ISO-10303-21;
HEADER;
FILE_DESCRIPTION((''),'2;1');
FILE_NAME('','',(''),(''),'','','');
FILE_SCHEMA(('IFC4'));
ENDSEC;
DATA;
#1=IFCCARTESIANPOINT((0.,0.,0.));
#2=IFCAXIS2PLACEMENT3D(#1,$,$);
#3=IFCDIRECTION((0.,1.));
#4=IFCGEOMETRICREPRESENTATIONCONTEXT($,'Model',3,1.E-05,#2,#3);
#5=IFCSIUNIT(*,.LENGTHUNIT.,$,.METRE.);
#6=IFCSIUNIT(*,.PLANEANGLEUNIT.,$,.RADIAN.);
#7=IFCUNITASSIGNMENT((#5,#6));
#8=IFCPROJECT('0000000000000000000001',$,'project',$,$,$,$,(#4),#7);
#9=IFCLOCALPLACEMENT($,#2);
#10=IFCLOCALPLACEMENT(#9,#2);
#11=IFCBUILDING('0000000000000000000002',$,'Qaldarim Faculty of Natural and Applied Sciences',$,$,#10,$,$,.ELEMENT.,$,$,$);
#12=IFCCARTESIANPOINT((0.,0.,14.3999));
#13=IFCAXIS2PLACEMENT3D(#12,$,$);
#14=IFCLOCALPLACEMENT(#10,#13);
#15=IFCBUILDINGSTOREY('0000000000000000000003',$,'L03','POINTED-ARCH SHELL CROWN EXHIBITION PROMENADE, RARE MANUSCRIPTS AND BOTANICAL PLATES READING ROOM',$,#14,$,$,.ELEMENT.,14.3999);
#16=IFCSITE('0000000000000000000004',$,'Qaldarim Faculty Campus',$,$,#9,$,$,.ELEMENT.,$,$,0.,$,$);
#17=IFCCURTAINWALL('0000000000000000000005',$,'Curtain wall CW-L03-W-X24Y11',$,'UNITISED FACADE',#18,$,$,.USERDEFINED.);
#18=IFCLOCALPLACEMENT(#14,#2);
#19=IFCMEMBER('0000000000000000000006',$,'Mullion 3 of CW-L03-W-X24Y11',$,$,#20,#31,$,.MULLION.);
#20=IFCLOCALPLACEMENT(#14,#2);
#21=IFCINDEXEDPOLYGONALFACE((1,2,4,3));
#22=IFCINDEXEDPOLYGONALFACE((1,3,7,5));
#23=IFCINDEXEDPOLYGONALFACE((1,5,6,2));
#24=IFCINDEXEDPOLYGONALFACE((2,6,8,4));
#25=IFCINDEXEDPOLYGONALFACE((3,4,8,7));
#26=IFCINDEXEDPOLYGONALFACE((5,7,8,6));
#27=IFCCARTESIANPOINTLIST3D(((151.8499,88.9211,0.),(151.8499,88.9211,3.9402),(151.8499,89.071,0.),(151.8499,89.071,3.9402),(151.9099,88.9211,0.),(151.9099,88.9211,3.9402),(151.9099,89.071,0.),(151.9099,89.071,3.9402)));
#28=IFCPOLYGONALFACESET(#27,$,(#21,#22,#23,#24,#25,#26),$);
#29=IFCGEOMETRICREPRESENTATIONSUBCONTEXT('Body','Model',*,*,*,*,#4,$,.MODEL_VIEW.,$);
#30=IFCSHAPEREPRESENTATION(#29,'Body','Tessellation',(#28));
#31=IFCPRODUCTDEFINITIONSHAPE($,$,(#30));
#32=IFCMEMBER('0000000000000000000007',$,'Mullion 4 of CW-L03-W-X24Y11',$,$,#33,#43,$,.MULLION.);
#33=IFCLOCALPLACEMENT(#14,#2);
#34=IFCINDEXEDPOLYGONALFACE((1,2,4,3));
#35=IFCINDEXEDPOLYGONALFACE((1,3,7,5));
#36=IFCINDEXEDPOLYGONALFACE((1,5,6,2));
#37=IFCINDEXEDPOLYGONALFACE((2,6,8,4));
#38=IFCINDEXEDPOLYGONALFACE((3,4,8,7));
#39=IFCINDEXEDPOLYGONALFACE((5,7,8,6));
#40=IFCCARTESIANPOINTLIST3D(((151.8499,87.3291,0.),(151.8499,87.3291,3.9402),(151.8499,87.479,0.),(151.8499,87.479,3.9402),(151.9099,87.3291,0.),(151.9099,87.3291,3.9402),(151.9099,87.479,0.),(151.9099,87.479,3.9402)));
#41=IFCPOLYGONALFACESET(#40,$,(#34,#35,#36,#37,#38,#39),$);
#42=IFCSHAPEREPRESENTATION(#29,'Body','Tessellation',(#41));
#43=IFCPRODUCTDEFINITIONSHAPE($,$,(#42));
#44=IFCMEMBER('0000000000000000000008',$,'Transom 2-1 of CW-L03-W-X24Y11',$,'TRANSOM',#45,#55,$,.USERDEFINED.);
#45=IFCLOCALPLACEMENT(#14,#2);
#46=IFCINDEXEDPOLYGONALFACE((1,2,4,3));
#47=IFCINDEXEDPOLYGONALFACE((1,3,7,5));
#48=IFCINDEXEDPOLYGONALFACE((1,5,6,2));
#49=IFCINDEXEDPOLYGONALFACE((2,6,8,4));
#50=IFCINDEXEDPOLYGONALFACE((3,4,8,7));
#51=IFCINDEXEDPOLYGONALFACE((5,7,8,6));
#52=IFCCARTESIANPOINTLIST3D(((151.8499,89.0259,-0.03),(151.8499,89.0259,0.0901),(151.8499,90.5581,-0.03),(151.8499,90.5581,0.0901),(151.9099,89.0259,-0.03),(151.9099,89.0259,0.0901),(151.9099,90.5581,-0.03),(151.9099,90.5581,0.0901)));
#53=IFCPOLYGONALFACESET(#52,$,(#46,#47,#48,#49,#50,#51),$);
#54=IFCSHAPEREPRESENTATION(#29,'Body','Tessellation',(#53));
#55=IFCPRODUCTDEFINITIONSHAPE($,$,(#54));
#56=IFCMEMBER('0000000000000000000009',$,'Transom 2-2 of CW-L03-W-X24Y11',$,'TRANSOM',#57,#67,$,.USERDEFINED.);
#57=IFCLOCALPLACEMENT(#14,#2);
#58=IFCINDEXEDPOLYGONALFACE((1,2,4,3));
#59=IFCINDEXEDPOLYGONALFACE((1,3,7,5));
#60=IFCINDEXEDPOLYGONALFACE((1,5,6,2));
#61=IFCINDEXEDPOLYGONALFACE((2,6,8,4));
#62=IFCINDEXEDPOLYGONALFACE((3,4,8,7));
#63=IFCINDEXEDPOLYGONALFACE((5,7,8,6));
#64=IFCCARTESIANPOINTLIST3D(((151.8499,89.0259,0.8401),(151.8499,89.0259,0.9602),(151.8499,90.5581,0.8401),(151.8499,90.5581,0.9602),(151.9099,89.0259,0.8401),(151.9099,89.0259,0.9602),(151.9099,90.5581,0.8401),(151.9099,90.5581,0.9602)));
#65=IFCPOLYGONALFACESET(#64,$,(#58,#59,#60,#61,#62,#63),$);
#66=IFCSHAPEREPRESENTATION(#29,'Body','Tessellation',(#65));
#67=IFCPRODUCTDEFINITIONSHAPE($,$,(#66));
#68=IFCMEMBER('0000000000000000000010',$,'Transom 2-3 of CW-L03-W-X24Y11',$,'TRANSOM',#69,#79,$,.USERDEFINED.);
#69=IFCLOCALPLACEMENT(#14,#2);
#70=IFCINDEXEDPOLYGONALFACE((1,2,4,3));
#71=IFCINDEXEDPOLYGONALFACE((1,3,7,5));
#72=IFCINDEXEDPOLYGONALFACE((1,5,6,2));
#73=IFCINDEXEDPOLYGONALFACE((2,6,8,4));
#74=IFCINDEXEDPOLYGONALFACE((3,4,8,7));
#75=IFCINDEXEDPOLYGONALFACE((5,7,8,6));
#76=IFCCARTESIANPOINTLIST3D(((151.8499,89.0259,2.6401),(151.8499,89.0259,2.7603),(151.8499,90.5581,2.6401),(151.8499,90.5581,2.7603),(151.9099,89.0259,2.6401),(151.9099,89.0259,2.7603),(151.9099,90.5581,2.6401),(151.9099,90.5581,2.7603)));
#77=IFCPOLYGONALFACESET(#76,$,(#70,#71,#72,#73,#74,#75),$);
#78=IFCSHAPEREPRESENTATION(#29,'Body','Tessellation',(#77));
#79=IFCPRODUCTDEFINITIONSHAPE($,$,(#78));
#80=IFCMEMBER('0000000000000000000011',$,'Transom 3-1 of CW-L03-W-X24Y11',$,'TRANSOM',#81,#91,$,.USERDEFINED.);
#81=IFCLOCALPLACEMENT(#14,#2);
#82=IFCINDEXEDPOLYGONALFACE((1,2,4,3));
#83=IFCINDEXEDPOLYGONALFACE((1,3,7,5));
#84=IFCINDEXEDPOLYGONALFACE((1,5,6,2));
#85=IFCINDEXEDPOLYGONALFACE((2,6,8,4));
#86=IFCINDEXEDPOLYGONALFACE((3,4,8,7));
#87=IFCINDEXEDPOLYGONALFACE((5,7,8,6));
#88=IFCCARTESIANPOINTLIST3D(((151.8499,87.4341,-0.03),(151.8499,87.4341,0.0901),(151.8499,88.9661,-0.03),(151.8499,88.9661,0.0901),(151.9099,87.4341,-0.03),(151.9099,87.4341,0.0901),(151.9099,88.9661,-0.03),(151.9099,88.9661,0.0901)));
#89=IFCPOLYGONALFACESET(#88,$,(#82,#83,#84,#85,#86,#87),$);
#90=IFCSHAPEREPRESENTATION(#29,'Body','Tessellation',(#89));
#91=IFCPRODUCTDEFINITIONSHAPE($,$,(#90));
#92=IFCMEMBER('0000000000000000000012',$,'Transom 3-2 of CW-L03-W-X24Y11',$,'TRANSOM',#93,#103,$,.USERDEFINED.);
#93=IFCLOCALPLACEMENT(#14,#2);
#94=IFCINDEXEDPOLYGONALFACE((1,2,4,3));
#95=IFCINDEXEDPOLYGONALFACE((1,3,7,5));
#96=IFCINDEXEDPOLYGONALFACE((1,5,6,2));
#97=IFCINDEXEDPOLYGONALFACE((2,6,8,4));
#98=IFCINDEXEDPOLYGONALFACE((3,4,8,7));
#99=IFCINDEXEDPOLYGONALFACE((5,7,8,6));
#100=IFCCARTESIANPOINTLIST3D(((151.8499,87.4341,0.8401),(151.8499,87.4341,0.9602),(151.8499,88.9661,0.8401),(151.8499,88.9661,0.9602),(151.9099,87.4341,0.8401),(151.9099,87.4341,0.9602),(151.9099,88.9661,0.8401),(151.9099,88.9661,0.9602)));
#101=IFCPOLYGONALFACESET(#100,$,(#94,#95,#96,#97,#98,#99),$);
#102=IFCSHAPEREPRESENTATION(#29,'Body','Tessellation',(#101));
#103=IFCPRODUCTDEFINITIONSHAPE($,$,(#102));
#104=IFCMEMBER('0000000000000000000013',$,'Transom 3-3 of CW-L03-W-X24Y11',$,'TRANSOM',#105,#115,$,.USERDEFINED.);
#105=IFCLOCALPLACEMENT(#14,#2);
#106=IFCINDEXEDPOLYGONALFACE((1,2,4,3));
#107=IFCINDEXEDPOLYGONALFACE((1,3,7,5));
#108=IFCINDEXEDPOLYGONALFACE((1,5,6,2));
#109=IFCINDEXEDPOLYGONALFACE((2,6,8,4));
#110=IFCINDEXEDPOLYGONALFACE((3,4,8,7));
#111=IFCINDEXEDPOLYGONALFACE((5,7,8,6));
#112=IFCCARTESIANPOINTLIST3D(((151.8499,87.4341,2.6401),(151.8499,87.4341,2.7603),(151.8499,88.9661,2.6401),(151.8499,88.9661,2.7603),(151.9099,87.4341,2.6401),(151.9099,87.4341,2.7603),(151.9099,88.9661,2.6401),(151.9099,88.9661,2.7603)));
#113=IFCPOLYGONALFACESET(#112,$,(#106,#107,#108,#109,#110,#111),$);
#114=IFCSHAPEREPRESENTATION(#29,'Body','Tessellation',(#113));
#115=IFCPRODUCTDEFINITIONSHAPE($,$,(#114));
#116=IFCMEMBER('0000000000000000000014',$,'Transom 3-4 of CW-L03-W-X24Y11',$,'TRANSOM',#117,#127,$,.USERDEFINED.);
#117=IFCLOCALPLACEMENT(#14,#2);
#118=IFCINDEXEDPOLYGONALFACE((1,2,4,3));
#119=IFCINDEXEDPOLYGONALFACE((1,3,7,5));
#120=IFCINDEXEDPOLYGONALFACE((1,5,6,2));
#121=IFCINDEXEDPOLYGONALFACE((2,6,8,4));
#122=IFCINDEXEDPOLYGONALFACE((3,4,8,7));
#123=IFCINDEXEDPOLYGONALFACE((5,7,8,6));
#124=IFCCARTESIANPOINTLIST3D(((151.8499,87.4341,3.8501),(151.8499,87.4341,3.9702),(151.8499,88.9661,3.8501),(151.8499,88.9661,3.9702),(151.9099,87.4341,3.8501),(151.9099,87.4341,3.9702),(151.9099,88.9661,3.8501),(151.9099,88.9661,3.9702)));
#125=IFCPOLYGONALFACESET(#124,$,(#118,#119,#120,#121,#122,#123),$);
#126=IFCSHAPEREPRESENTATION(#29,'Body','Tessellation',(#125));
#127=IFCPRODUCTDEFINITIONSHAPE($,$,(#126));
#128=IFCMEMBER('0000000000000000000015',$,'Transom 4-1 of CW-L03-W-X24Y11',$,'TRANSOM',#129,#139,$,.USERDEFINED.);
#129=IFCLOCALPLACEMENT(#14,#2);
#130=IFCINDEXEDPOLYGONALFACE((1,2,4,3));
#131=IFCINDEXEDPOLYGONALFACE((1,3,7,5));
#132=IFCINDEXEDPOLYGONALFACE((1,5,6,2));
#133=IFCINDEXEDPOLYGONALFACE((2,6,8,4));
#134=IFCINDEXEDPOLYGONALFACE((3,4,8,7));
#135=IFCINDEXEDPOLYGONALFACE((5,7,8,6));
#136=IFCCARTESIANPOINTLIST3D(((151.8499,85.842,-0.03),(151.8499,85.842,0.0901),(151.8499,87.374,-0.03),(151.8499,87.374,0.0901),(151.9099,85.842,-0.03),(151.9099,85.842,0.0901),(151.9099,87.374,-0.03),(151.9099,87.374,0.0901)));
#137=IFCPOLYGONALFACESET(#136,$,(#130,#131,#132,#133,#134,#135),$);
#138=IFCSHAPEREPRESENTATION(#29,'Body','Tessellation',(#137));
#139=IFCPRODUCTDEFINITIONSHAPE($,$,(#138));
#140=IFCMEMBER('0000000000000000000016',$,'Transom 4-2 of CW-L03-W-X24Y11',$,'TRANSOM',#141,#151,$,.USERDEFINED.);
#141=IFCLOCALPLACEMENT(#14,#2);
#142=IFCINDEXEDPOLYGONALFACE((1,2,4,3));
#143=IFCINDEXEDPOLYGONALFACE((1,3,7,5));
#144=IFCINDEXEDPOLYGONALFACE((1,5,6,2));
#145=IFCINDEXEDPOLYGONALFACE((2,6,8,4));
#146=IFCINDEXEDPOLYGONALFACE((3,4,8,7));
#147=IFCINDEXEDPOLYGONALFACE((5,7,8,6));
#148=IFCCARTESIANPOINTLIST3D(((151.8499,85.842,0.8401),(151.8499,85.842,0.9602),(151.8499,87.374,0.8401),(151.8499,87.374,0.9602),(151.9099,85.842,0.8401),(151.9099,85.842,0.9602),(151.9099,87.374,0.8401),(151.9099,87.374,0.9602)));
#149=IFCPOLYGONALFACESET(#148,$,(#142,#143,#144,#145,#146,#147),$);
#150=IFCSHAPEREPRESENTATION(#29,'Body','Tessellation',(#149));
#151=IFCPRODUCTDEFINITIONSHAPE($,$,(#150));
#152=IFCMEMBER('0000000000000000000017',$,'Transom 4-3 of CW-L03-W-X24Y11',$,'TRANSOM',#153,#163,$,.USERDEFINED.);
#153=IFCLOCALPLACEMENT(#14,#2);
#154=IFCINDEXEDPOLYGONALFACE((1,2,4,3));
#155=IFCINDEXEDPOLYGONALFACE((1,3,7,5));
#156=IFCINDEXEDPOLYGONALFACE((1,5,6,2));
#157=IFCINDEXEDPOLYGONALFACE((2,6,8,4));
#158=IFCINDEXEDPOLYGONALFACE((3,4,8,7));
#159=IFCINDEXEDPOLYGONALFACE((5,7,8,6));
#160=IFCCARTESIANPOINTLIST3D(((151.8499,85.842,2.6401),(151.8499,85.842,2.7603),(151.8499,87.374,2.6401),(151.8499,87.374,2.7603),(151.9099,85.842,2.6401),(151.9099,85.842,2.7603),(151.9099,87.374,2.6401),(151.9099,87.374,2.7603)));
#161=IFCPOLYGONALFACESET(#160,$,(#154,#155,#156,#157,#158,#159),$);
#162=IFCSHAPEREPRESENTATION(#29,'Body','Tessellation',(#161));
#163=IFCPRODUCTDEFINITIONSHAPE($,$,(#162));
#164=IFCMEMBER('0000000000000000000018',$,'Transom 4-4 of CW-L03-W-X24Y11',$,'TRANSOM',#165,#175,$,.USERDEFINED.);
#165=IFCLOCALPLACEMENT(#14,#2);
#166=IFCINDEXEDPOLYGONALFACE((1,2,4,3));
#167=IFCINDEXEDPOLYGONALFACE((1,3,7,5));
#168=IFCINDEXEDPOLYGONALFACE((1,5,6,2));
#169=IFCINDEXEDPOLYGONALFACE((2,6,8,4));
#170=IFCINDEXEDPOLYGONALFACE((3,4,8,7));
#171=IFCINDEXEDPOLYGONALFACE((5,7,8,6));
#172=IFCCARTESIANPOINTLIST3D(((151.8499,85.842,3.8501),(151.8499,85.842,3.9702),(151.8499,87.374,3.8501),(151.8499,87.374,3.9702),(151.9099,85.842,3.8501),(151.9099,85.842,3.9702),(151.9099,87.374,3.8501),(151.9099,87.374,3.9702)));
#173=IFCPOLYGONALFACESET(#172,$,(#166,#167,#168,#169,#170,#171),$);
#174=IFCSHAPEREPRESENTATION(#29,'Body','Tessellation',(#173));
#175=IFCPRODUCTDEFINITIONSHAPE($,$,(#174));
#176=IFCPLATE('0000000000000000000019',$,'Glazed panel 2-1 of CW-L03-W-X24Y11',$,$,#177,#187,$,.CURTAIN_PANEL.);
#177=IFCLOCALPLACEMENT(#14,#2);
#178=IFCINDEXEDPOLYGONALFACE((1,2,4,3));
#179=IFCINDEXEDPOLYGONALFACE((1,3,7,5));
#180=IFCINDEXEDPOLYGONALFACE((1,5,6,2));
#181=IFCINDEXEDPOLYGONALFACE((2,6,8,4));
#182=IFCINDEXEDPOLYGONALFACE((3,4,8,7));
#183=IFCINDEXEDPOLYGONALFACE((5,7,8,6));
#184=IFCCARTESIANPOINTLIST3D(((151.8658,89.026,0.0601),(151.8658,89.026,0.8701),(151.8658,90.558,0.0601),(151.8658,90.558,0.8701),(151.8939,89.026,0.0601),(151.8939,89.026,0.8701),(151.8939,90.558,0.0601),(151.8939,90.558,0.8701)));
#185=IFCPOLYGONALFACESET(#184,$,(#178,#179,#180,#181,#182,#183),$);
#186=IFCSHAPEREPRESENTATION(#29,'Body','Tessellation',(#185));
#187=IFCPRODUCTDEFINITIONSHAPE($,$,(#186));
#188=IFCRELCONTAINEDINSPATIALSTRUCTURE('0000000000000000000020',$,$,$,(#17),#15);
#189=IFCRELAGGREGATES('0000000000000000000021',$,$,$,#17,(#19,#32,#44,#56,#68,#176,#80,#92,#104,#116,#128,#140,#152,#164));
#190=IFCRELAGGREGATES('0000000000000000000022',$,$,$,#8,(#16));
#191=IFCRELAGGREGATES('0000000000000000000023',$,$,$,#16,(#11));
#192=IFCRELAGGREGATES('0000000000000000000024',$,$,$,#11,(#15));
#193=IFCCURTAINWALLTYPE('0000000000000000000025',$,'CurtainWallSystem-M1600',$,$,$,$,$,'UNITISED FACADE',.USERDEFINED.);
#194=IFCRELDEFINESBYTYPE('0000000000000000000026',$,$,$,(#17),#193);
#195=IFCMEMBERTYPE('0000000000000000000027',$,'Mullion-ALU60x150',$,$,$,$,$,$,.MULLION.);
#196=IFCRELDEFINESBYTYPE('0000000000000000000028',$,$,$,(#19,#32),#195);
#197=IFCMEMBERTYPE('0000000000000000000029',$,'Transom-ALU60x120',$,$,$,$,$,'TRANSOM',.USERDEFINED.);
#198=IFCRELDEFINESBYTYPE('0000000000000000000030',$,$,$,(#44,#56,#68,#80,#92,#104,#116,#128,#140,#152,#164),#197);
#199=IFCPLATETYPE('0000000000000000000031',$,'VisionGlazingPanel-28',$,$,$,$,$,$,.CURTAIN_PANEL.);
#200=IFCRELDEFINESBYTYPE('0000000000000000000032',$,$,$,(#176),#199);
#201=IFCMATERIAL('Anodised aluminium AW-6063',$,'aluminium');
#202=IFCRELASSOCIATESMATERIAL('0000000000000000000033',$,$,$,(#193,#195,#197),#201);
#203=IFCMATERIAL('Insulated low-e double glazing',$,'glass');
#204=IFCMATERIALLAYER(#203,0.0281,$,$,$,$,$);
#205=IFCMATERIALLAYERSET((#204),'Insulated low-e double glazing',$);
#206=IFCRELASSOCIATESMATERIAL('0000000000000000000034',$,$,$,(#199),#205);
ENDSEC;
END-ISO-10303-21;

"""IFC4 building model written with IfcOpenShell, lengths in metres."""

from ifc_helpers import new_model, si_unit, direction, frame, origin, origin_2d, place, context, subcontext, project, spatial, rectangle, extrude, material, layer, layer_set, material_profile, profile_set, type_object, element, aggregate, save


model = new_model("IFC4")

# Units and contexts
model_context = context("Model", 3, precision=1e-05, world=origin(), true_north=direction((0.0, 1.0)))
body_context = subcontext(model_context, "Body", "Model", "MODEL_VIEW")
ifc_project = project(units=[si_unit("LENGTHUNIT", "METRE"), si_unit("PLANEANGLEUNIT", "RADIAN")], contexts=[model_context])

# Site, building, storey
site_placement = place(None, origin())
site = spatial("IfcSite", under=ifc_project, at=site_placement, Name="Qaldarim Faculty Campus", CompositionType="ELEMENT", RefElevation=0.0)
building_placement = place(site_placement, origin())
building = spatial("IfcBuilding", under=site, at=building_placement, Name="Qaldarim Faculty of Natural and Applied Sciences", CompositionType="ELEMENT")
storey_placement = place(building_placement, frame((0.0, 0.0, 14.3999)))
storey = spatial("IfcBuildingStorey", under=building, at=storey_placement, Name="L03", Description="POINTED-ARCH SHELL CROWN EXHIBITION PROMENADE, RARE MANUSCRIPTS AND BOTANICAL PLATES READING ROOM", CompositionType="ELEMENT", Elevation=14.3999)

# Curtain wall, members, plate
ifc_material_1 = material(Name="Anodised aluminium AW-6063", Category="aluminium")
curtain_wall_type = type_object("IfcCurtainWallType", Name="CurtainWallSystem-M1600", ElementType="UNITISED FACADE", PredefinedType="USERDEFINED", material=ifc_material_1)
curtain_wall_placement = place(storey_placement, origin())
curtain_wall = element("IfcCurtainWall", 1, at=curtain_wall_placement, inside=storey, type_object=curtain_wall_type, Name="Curtain wall CW-L03-W-X24Y11", ObjectType="UNITISED FACADE", PredefinedType="USERDEFINED")
ifc_material_profile_1 = material_profile(ifc_material_1, rectangle(XDim=0.0601, YDim=0.1499, at=origin_2d()), Name="ALU-M60x150")
ifc_profile_set_1 = profile_set([ifc_material_profile_1], Name="Anodised aluminium AW-6063")
member_type_1 = type_object("IfcMemberType", Name="Mullion-ALU60x150", PredefinedType="MULLION", material=ifc_profile_set_1)
member_1_placement = place(storey_placement, frame((151.8799, 88.9961, 0.0), z_axis=(0.0, 0.0, 1.0), x_axis=(1.0, 0.0, 0.0)))
member_1 = element("IfcMember", 2, at=member_1_placement, type_object=member_type_1, Name="Mullion 3 of CW-L03-W-X24Y11", PredefinedType="MULLION", context=body_context, shape_type="SweptSolid", body=[
    extrude(rectangle(XDim=0.0601, YDim=0.1499, at=origin_2d()), origin(), (0.0, 0.0, 1.0), 3.9402),
])
member_2_placement = place(storey_placement, frame((151.8799, 87.4041, 0.0), z_axis=(0.0, 0.0, 1.0), x_axis=(1.0, 0.0, 0.0)))
member_2 = element("IfcMember", 3, at=member_2_placement, type_object=member_type_1, Name="Mullion 4 of CW-L03-W-X24Y11", PredefinedType="MULLION", context=body_context, shape_type="SweptSolid", body=[
    extrude(rectangle(XDim=0.0601, YDim=0.1499, at=origin_2d()), origin(), (0.0, 0.0, 1.0), 3.9402),
])
ifc_material_profile_2 = material_profile(ifc_material_1, rectangle(XDim=0.0601, YDim=0.1201, at=origin_2d()), Name="ALU-T60x120")
ifc_profile_set_2 = profile_set([ifc_material_profile_2], Name="Anodised aluminium AW-6063")
member_type_2 = type_object("IfcMemberType", Name="Transom-ALU60x120", ElementType="TRANSOM", PredefinedType="USERDEFINED", material=ifc_profile_set_2)
member_3_placement = place(storey_placement, frame((151.8799, 90.5581, 0.03), z_axis=(0.0, -1.0, 0.0), x_axis=(1.0, 0.0, 0.0)))
member_3 = element("IfcMember", 4, at=member_3_placement, type_object=member_type_2, Name="Transom 2-1 of CW-L03-W-X24Y11", ObjectType="TRANSOM", PredefinedType="USERDEFINED", context=body_context, shape_type="SweptSolid", body=[
    extrude(rectangle(XDim=0.0601, YDim=0.1201, at=origin_2d()), origin(), (0.0, 0.0, 1.0), 1.5322),
])
member_4_placement = place(storey_placement, frame((151.8799, 90.5581, 0.9001), z_axis=(0.0, -1.0, 0.0), x_axis=(1.0, 0.0, 0.0)))
member_4 = element("IfcMember", 5, at=member_4_placement, type_object=member_type_2, Name="Transom 2-2 of CW-L03-W-X24Y11", ObjectType="TRANSOM", PredefinedType="USERDEFINED", context=body_context, shape_type="SweptSolid", body=[
    extrude(rectangle(XDim=0.0601, YDim=0.1201, at=origin_2d()), origin(), (0.0, 0.0, 1.0), 1.5322),
])
member_5_placement = place(storey_placement, frame((151.8799, 90.5581, 2.7002), z_axis=(0.0, -1.0, 0.0), x_axis=(1.0, 0.0, 0.0)))
member_5 = element("IfcMember", 6, at=member_5_placement, type_object=member_type_2, Name="Transom 2-3 of CW-L03-W-X24Y11", ObjectType="TRANSOM", PredefinedType="USERDEFINED", context=body_context, shape_type="SweptSolid", body=[
    extrude(rectangle(XDim=0.0601, YDim=0.1201, at=origin_2d()), origin(), (0.0, 0.0, 1.0), 1.5322),
])
member_6_placement = place(storey_placement, frame((151.8799, 88.9661, 0.03), z_axis=(0.0, -1.0, 0.0), x_axis=(1.0, 0.0, 0.0)))
member_6 = element("IfcMember", 7, at=member_6_placement, type_object=member_type_2, Name="Transom 3-1 of CW-L03-W-X24Y11", ObjectType="TRANSOM", PredefinedType="USERDEFINED", context=body_context, shape_type="SweptSolid", body=[
    extrude(rectangle(XDim=0.0601, YDim=0.1201, at=origin_2d()), origin(), (0.0, 0.0, 1.0), 1.532),
])
member_7_placement = place(storey_placement, frame((151.8799, 88.9661, 0.9001), z_axis=(0.0, -1.0, 0.0), x_axis=(1.0, 0.0, 0.0)))
member_7 = element("IfcMember", 8, at=member_7_placement, type_object=member_type_2, Name="Transom 3-2 of CW-L03-W-X24Y11", ObjectType="TRANSOM", PredefinedType="USERDEFINED", context=body_context, shape_type="SweptSolid", body=[
    extrude(rectangle(XDim=0.0601, YDim=0.1201, at=origin_2d()), origin(), (0.0, 0.0, 1.0), 1.532),
])
member_8_placement = place(storey_placement, frame((151.8799, 88.9661, 2.7002), z_axis=(0.0, -1.0, 0.0), x_axis=(1.0, 0.0, 0.0)))
member_8 = element("IfcMember", 9, at=member_8_placement, type_object=member_type_2, Name="Transom 3-3 of CW-L03-W-X24Y11", ObjectType="TRANSOM", PredefinedType="USERDEFINED", context=body_context, shape_type="SweptSolid", body=[
    extrude(rectangle(XDim=0.0601, YDim=0.1201, at=origin_2d()), origin(), (0.0, 0.0, 1.0), 1.532),
])
member_9_placement = place(storey_placement, frame((151.8799, 88.9661, 3.9102), z_axis=(0.0, -1.0, 0.0), x_axis=(1.0, 0.0, 0.0)))
member_9 = element("IfcMember", 10, at=member_9_placement, type_object=member_type_2, Name="Transom 3-4 of CW-L03-W-X24Y11", ObjectType="TRANSOM", PredefinedType="USERDEFINED", context=body_context, shape_type="SweptSolid", body=[
    extrude(rectangle(XDim=0.0601, YDim=0.1201, at=origin_2d()), origin(), (0.0, 0.0, 1.0), 1.532),
])
member_10_placement = place(storey_placement, frame((151.8799, 87.374, 0.03), z_axis=(0.0, -1.0, 0.0), x_axis=(1.0, 0.0, 0.0)))
member_10 = element("IfcMember", 11, at=member_10_placement, type_object=member_type_2, Name="Transom 4-1 of CW-L03-W-X24Y11", ObjectType="TRANSOM", PredefinedType="USERDEFINED", context=body_context, shape_type="SweptSolid", body=[
    extrude(rectangle(XDim=0.0601, YDim=0.1201, at=origin_2d()), origin(), (0.0, 0.0, 1.0), 1.532),
])
member_11_placement = place(storey_placement, frame((151.8799, 87.374, 0.9001), z_axis=(0.0, -1.0, 0.0), x_axis=(1.0, 0.0, 0.0)))
member_11 = element("IfcMember", 12, at=member_11_placement, type_object=member_type_2, Name="Transom 4-2 of CW-L03-W-X24Y11", ObjectType="TRANSOM", PredefinedType="USERDEFINED", context=body_context, shape_type="SweptSolid", body=[
    extrude(rectangle(XDim=0.0601, YDim=0.1201, at=origin_2d()), origin(), (0.0, 0.0, 1.0), 1.532),
])
member_12_placement = place(storey_placement, frame((151.8799, 87.374, 2.7002), z_axis=(0.0, -1.0, 0.0), x_axis=(1.0, 0.0, 0.0)))
member_12 = element("IfcMember", 13, at=member_12_placement, type_object=member_type_2, Name="Transom 4-3 of CW-L03-W-X24Y11", ObjectType="TRANSOM", PredefinedType="USERDEFINED", context=body_context, shape_type="SweptSolid", body=[
    extrude(rectangle(XDim=0.0601, YDim=0.1201, at=origin_2d()), origin(), (0.0, 0.0, 1.0), 1.532),
])
member_13_placement = place(storey_placement, frame((151.8799, 87.374, 3.9102), z_axis=(0.0, -1.0, 0.0), x_axis=(1.0, 0.0, 0.0)))
member_13 = element("IfcMember", 14, at=member_13_placement, type_object=member_type_2, Name="Transom 4-4 of CW-L03-W-X24Y11", ObjectType="TRANSOM", PredefinedType="USERDEFINED", context=body_context, shape_type="SweptSolid", body=[
    extrude(rectangle(XDim=0.0601, YDim=0.1201, at=origin_2d()), origin(), (0.0, 0.0, 1.0), 1.532),
])
ifc_material_2 = material(Name="Insulated low-e double glazing", Category="glass")
ifc_layer_1 = layer(ifc_material_2, 0.0281)
ifc_layer_set_1 = layer_set([ifc_layer_1], Name="Insulated low-e double glazing")
plate_type = type_object("IfcPlateType", Name="VisionGlazingPanel-28", PredefinedType="CURTAIN_PANEL", material=ifc_layer_set_1)
plate_1_placement = place(storey_placement, frame((151.8799, 89.792, 0.0601), z_axis=(0.0, 0.0, 1.0), x_axis=(0.0, -1.0, 0.0)))
plate_1 = element("IfcPlate", 15, at=plate_1_placement, type_object=plate_type, Name="Glazed panel 2-1 of CW-L03-W-X24Y11", PredefinedType="CURTAIN_PANEL", context=body_context, shape_type="SweptSolid", body=[
    extrude(rectangle(XDim=1.532, YDim=0.0281, at=origin_2d()), origin(), (0.0, 0.0, 1.0), 0.8101),
])
aggregate(curtain_wall, [member_1, member_2, member_3, member_4, member_5, plate_1, member_6, member_7, member_8, member_9, member_10, member_11, member_12, member_13])

save(model, "model.ifc")
